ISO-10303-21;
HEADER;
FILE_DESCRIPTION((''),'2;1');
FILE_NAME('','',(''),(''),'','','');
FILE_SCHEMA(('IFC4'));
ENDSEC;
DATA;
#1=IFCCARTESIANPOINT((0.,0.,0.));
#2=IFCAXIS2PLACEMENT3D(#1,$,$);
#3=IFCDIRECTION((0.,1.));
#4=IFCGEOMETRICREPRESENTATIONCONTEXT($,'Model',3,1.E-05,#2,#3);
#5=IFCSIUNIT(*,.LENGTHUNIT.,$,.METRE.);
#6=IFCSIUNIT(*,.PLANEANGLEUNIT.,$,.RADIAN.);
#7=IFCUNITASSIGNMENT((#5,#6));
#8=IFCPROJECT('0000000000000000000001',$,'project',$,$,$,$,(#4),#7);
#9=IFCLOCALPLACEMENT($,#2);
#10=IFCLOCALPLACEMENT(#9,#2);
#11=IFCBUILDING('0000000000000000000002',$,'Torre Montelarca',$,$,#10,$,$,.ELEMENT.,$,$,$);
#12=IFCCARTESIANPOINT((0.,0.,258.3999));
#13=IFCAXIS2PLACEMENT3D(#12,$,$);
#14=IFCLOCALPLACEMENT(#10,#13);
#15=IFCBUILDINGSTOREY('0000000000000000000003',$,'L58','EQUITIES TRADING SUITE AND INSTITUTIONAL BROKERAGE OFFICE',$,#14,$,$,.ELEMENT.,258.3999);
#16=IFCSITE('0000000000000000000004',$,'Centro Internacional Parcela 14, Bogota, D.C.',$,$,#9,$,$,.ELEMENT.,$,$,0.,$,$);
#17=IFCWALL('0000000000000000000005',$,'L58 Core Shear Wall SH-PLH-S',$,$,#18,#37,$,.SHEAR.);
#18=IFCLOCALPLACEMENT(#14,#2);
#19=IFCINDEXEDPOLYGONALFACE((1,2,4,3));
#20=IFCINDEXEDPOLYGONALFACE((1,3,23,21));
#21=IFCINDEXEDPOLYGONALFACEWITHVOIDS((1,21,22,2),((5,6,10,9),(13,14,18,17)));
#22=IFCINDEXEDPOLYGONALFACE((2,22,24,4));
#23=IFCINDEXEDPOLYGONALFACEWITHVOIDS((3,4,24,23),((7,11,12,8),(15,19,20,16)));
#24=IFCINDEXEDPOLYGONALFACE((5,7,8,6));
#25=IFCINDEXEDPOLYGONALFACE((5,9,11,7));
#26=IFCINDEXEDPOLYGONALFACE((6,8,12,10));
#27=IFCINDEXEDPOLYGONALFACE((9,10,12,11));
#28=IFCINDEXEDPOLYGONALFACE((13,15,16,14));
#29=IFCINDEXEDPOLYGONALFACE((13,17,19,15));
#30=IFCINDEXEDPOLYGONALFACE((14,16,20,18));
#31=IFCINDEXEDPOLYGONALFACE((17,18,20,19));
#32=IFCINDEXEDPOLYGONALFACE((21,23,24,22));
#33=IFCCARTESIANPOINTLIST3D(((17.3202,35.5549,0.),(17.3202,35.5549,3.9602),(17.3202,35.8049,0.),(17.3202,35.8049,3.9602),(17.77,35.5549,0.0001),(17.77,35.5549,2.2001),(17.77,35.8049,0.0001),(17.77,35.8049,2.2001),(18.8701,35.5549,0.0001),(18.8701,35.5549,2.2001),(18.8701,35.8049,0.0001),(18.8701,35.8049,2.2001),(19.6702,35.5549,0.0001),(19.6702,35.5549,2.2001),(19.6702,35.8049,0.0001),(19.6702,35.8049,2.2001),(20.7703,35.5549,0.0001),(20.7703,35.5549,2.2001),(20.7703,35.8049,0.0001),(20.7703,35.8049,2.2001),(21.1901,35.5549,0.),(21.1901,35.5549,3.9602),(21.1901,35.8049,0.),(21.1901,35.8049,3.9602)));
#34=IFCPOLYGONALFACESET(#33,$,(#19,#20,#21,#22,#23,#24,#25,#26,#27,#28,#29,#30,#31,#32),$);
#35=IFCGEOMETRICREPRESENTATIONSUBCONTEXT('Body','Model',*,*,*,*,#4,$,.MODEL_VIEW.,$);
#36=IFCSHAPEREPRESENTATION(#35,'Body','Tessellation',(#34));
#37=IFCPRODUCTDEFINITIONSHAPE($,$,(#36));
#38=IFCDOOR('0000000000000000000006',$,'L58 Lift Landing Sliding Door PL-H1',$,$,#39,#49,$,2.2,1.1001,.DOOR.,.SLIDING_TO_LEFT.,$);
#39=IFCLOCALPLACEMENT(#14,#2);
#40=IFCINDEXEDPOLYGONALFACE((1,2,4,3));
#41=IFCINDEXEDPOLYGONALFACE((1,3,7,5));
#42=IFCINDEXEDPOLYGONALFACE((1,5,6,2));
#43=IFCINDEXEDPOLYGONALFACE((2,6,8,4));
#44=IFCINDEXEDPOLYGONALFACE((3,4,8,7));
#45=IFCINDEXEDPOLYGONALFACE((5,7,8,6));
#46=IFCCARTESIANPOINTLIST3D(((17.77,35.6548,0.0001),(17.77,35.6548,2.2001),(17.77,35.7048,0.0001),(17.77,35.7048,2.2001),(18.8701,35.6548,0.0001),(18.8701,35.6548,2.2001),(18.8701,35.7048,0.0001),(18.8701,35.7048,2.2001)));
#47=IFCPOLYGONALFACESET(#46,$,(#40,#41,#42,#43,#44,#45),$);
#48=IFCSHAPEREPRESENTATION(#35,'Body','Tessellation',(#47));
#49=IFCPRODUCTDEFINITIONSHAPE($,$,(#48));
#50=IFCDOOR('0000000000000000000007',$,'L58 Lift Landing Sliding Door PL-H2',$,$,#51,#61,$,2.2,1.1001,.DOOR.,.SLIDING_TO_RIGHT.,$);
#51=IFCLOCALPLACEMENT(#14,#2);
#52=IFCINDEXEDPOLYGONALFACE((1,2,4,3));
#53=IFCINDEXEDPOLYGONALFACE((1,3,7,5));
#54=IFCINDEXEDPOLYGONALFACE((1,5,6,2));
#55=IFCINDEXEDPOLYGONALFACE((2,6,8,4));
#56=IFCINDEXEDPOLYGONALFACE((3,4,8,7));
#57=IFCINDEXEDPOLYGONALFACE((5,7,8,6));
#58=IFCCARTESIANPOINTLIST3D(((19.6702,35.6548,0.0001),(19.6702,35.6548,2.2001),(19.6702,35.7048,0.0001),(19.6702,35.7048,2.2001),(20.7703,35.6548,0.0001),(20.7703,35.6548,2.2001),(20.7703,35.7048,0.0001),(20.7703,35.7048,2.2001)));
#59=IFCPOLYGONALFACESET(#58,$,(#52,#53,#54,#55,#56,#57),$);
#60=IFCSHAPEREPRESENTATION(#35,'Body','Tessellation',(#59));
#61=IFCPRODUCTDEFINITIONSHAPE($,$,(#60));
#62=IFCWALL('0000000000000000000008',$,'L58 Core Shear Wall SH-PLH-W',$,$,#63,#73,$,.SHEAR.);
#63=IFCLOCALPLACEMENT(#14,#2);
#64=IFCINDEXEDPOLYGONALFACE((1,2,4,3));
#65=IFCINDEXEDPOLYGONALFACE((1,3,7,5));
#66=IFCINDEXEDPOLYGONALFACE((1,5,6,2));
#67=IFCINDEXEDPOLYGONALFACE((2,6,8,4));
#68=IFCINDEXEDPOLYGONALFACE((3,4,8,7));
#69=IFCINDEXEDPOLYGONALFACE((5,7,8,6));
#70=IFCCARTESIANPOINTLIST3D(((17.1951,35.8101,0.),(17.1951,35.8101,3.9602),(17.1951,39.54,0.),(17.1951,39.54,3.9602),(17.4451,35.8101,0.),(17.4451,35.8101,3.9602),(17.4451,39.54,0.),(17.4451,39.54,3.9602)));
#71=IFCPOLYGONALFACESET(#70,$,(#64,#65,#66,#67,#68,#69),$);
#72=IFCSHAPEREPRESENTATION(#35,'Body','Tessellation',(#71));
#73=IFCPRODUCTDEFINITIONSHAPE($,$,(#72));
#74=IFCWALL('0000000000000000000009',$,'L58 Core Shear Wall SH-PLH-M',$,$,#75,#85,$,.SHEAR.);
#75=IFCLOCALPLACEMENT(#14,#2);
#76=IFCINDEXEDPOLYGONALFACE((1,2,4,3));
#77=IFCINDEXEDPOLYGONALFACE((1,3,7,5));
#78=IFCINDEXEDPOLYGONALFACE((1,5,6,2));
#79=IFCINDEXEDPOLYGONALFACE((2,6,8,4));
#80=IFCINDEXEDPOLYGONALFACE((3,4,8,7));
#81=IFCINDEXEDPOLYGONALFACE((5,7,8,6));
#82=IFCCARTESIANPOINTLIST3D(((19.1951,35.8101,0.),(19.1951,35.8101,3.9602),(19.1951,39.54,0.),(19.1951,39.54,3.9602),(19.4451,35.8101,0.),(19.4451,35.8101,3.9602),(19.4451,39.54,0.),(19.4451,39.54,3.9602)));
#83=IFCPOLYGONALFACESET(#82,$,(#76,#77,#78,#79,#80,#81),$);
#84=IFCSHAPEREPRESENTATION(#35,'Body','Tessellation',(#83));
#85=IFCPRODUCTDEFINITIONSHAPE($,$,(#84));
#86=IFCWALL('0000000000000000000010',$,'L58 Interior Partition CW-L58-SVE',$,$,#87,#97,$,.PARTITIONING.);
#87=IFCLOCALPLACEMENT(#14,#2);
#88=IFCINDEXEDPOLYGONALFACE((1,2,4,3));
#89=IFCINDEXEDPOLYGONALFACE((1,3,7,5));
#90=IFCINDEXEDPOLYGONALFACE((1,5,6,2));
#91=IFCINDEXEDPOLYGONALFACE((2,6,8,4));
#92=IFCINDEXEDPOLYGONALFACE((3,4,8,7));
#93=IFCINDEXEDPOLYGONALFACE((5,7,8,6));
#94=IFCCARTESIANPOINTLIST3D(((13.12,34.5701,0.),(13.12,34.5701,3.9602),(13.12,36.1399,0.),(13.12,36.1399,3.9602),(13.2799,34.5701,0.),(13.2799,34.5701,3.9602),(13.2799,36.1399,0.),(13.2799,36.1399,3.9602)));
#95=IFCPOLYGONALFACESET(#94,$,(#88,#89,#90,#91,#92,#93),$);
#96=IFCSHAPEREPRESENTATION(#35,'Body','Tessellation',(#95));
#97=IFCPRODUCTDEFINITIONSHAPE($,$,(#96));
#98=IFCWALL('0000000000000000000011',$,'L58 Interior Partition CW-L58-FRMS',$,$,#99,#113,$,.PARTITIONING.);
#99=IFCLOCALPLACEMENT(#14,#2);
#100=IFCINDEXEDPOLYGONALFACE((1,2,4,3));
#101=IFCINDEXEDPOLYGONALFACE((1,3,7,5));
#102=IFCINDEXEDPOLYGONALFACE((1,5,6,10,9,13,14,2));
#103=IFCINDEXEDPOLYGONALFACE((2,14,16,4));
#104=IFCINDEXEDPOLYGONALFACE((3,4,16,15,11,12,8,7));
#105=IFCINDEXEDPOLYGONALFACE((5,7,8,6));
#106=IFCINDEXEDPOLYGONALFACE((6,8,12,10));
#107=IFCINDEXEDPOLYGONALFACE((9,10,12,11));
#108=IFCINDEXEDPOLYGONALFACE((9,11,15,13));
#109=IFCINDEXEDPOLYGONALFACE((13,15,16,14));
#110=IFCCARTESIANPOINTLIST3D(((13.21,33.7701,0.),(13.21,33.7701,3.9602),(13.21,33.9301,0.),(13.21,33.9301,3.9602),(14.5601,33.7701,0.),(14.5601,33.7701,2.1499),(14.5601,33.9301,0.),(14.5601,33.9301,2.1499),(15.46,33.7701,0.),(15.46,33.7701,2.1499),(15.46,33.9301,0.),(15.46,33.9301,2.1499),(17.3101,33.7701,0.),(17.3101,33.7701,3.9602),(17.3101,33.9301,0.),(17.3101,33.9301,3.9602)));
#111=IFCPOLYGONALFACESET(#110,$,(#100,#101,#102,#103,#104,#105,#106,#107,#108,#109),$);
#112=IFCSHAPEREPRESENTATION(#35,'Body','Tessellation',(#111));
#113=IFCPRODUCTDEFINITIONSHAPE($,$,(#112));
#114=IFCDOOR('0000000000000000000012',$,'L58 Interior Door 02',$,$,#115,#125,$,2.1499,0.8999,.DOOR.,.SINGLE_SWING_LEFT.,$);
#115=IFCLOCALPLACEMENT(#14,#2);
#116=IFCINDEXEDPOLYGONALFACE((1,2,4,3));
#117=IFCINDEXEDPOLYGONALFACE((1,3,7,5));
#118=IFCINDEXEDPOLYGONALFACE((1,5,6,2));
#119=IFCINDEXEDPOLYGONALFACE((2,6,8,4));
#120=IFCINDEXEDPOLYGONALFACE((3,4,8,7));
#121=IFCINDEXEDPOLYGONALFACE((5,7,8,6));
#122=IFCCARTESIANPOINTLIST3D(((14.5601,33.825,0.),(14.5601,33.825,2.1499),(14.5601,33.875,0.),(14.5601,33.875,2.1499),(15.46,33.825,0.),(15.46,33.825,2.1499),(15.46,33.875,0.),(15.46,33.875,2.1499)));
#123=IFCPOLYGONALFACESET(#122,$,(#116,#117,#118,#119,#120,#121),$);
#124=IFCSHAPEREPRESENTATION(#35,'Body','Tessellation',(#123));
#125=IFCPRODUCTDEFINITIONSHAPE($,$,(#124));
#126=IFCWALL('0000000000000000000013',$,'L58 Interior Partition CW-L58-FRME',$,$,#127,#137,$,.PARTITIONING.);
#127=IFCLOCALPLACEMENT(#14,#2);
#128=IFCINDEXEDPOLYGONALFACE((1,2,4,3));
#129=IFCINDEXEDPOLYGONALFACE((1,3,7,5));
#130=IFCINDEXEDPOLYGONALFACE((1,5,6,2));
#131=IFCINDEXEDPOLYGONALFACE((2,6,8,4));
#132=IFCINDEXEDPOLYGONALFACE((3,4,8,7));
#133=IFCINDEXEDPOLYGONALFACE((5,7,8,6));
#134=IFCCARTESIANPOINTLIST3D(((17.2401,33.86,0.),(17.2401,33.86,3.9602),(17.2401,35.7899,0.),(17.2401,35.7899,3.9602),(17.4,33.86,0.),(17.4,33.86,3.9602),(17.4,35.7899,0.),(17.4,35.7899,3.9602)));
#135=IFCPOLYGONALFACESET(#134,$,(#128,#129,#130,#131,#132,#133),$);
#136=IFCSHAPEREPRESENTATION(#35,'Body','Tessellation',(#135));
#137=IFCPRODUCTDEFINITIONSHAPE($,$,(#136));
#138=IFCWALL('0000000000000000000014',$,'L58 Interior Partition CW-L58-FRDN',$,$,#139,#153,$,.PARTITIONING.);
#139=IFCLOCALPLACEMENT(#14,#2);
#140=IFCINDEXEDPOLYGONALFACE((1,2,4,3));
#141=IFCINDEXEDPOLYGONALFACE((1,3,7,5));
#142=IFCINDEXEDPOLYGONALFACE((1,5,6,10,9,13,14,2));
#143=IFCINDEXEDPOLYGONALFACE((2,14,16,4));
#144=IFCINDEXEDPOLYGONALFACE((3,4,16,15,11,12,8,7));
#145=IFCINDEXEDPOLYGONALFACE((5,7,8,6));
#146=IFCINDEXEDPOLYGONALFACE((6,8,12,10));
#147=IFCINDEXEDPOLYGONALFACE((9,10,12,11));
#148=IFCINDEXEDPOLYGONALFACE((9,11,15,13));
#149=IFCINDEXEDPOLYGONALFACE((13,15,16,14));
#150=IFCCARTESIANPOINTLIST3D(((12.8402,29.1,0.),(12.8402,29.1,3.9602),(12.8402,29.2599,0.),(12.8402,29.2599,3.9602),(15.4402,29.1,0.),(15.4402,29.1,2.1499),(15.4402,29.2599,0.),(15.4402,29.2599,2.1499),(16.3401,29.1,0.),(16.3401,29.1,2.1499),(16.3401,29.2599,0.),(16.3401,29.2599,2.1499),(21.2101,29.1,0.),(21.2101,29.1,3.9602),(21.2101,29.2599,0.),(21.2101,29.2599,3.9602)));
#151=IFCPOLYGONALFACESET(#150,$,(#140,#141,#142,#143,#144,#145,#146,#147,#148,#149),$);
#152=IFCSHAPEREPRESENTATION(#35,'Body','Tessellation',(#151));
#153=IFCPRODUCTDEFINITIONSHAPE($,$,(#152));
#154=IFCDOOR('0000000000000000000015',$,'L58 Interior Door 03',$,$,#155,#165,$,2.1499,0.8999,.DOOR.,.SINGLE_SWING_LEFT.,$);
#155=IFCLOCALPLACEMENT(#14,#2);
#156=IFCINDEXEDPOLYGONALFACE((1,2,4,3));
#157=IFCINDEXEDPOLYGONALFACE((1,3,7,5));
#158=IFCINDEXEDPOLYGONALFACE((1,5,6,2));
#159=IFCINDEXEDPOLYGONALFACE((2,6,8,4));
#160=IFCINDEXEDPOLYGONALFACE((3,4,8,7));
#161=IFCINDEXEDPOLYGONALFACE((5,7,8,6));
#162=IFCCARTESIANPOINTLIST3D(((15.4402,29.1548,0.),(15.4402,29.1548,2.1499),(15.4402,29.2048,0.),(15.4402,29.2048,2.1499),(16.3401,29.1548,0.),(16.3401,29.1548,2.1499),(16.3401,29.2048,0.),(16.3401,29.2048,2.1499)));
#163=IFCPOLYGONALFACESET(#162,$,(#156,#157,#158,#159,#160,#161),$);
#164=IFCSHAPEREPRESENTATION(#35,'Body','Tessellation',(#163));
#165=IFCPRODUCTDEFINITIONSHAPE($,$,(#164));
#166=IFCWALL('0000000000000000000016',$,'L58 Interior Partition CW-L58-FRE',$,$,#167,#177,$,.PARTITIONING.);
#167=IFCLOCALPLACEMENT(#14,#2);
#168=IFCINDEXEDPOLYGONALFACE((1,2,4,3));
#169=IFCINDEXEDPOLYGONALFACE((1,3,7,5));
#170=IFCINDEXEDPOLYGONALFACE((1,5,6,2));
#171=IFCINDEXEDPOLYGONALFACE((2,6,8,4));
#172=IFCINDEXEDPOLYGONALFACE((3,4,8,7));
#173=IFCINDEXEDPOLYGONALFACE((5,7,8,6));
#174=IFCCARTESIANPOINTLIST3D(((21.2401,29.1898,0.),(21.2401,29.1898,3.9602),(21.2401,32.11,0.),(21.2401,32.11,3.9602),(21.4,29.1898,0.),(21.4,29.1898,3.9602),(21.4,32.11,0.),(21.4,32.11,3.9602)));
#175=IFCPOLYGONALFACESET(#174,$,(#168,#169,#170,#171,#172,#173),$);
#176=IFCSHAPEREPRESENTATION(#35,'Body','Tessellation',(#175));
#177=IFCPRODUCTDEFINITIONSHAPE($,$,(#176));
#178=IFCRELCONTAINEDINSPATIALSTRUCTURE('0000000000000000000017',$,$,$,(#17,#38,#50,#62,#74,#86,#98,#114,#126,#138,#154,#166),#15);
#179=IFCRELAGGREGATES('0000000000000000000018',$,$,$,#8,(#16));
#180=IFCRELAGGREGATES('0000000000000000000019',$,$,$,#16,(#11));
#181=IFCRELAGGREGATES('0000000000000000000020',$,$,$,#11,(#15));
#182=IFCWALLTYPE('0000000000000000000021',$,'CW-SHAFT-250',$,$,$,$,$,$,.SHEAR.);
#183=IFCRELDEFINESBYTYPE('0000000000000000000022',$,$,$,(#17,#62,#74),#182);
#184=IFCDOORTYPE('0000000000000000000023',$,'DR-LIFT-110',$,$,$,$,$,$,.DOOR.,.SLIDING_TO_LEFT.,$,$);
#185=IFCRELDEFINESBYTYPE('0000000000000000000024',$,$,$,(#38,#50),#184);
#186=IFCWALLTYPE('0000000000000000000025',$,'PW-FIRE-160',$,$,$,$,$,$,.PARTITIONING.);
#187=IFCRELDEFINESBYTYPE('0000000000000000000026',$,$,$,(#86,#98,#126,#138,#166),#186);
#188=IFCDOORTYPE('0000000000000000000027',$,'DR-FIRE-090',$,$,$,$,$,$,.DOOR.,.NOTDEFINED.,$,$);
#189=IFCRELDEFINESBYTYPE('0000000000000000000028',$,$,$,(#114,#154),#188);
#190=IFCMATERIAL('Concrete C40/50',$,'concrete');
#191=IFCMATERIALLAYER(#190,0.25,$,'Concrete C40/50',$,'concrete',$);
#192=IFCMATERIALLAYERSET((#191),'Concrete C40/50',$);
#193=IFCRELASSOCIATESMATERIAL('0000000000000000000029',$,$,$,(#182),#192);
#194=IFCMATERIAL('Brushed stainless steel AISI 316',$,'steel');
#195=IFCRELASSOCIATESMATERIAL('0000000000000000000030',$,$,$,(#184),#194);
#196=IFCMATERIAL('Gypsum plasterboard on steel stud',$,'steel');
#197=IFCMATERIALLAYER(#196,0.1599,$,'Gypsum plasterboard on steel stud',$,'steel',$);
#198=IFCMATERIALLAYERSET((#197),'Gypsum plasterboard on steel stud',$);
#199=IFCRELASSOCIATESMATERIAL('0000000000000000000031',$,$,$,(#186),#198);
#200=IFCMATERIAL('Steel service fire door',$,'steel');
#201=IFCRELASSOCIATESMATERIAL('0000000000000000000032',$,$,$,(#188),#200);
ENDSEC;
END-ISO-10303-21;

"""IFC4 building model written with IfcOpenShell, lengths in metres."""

from ifc_helpers import new_model, si_unit, direction, frame, frame_2d, origin, place, context, subcontext, project, spatial, rectangle, extrude, source, transform, mapped, material, layer, layer_set, type_object, element, fill, save


model = new_model("IFC4")

# Units and contexts
model_context = context("Model", 3, precision=1e-05, world=origin(), true_north=direction((0.0, 1.0)))
body_context = subcontext(model_context, "Body", "Model", "MODEL_VIEW")
ifc_project = project(units=[si_unit("LENGTHUNIT", "METRE"), si_unit("PLANEANGLEUNIT", "RADIAN")], contexts=[model_context])

# Site, building, storey
site_placement = place(None, origin())
site = spatial("IfcSite", under=ifc_project, at=site_placement, Name="Centro Internacional Parcela 14, Bogota, D.C.", CompositionType="ELEMENT", RefElevation=0.0)
building_placement = place(site_placement, origin())
building = spatial("IfcBuilding", under=site, at=building_placement, Name="Torre Montelarca", CompositionType="ELEMENT")
storey_placement = place(building_placement, frame((0.0, 0.0, 258.3999)))
storey = spatial("IfcBuildingStorey", under=building, at=storey_placement, Name="L58", Description="EQUITIES TRADING SUITE AND INSTITUTIONAL BROKERAGE OFFICE", CompositionType="ELEMENT", Elevation=258.3999)

# Shared definitions
ifc_material_1 = material(Name="Concrete C40/50", Category="concrete")
ifc_layer_1 = layer(ifc_material_1, 0.25, Name="Concrete C40/50", Category="concrete")
ifc_layer_set_1 = layer_set([ifc_layer_1], Name="Concrete C40/50")
wall_type_1 = type_object("IfcWallType", Name="CW-SHAFT-250", PredefinedType="SHEAR", material=ifc_layer_set_1)

# Shared definitions
ifc_material_2 = material(Name="Brushed stainless steel AISI 316", Category="steel")

# Wall, openings, doors
wall_1_placement = place(storey_placement, frame((17.3201, 35.6799, 0.0), z_axis=(0.0, 0.0, 1.0), x_axis=(1.0, 0.0, 0.0)))
wall_1 = element("IfcWall", 1, at=wall_1_placement, inside=storey, type_object=wall_type_1, Name="L58 Core Shear Wall SH-PLH-S", PredefinedType="SHEAR", context=body_context, shape_type="SweptSolid", body=[
    extrude(rectangle(XDim=3.8699, YDim=0.25, at=frame_2d((1.9351, 0.0))), origin(), (0.0, 0.0, 1.0), 3.9602),
])
opening_1_placement = place(wall_1_placement, frame((0.45, 0.0, 0.0)))
opening_1 = element("IfcOpeningElement", 2, at=opening_1_placement, cuts=wall_1, PredefinedType="OPENING", context=body_context, shape_type="SweptSolid", body=[
    extrude(rectangle(XDim=1.1001, YDim=2.2, at=frame_2d((0.55, 1.1001))), frame((0.0, 0.135, 0.0), z_axis=(0.0, -1.0, 0.0), x_axis=(1.0, 0.0, 0.0)), (0.0, 0.0, 1.0), 0.27),
])
opening_2_placement = place(wall_1_placement, frame((2.3501, 0.0, 0.0)))
opening_2 = element("IfcOpeningElement", 3, at=opening_2_placement, cuts=wall_1, PredefinedType="OPENING", context=body_context, shape_type="SweptSolid", body=[
    extrude(rectangle(XDim=1.1001, YDim=2.2, at=frame_2d((0.55, 1.1001))), frame((0.0, 0.135, 0.0), z_axis=(0.0, -1.0, 0.0), x_axis=(1.0, 0.0, 0.0)), (0.0, 0.0, 1.0), 0.27),
])
door_type_1 = type_object("IfcDoorType", Name="DR-LIFT-110", OperationType="SLIDING_TO_LEFT", PredefinedType="DOOR", material=ifc_material_2)
shared_shape_1 = source(origin(), body_context, "Body", "SweptSolid", [
    extrude(rectangle(XDim=1.1001, YDim=2.2, at=frame_2d((0.55, 1.1001))), frame((0.0, 0.0249, 0.0), z_axis=(0.0, -1.0, 0.0), x_axis=(1.0, 0.0, 0.0)), (0.0, 0.0, 1.0), 0.05),
])
door_1_placement = place(opening_1_placement, origin())
door_1 = element("IfcDoor", 4, at=door_1_placement, inside=storey, type_object=door_type_1, Name="L58 Lift Landing Sliding Door PL-H1", OperationType="SLIDING_TO_LEFT", OverallHeight=2.2, OverallWidth=1.1001, PredefinedType="DOOR", context=body_context, shape_type="MappedRepresentation", body=[
    mapped(shared_shape_1, transform((0.0, 0.0, 0.0), scale=1.0)),
])
fill(opening_1, door_1)
door_2_placement = place(opening_2_placement, origin())
door_2 = element("IfcDoor", 5, at=door_2_placement, inside=storey, type_object=door_type_1, Name="L58 Lift Landing Sliding Door PL-H2", OperationType="SLIDING_TO_RIGHT", OverallHeight=2.2, OverallWidth=1.1001, PredefinedType="DOOR", context=body_context, shape_type="MappedRepresentation", body=[
    mapped(shared_shape_1, transform((0.0, 0.0, 0.0), scale=1.0)),
])
fill(opening_2, door_2)

# Walls
for number, where, z_axis, x_axis, name in (
    (6, (17.3201, 35.8101, 0.0), (0.0, 0.0, 1.0), (0.0, 1.0, 0.0), "L58 Core Shear Wall SH-PLH-W"),
    (7, (19.3201, 35.8101, 0.0), (0.0, 0.0, 1.0), (0.0, 1.0, 0.0), "L58 Core Shear Wall SH-PLH-M"),
):
    element("IfcWall", number, at=place(storey_placement, frame(where, z_axis=z_axis, x_axis=x_axis)), inside=storey, type_object=wall_type_1, Name=name, PredefinedType="SHEAR", context=body_context, shape_type="SweptSolid", body=[
        extrude(rectangle(XDim=3.73, YDim=0.25, at=frame_2d((1.865, 0.0))), origin(), (0.0, 0.0, 1.0), 3.9602),
    ])
ifc_material_3 = material(Name="Gypsum plasterboard on steel stud", Category="steel")
ifc_layer_2 = layer(ifc_material_3, 0.1599, Name="Gypsum plasterboard on steel stud", Category="steel")
ifc_layer_set_2 = layer_set([ifc_layer_2], Name="Gypsum plasterboard on steel stud")
wall_type_2 = type_object("IfcWallType", Name="PW-FIRE-160", PredefinedType="PARTITIONING", material=ifc_layer_set_2)
wall_2_placement = place(storey_placement, frame((13.2, 34.5701, 0.0), z_axis=(0.0, 0.0, 1.0), x_axis=(0.0, 1.0, 0.0)))
element("IfcWall", 8, at=wall_2_placement, inside=storey, type_object=wall_type_2, Name="L58 Interior Partition CW-L58-SVE", PredefinedType="PARTITIONING", context=body_context, shape_type="SweptSolid", body=[
    extrude(rectangle(XDim=1.5698, YDim=0.1599, at=frame_2d((0.7849, 0.0))), origin(), (0.0, 0.0, 1.0), 3.9602),
])

# Wall, opening, door
wall_3_placement = place(storey_placement, frame((13.21, 33.8501, 0.0), z_axis=(0.0, 0.0, 1.0), x_axis=(1.0, 0.0, 0.0)))
wall_3 = element("IfcWall", 9, at=wall_3_placement, inside=storey, type_object=wall_type_2, Name="L58 Interior Partition CW-L58-FRMS", PredefinedType="PARTITIONING", context=body_context, shape_type="SweptSolid", body=[
    extrude(rectangle(XDim=4.1001, YDim=0.1599, at=frame_2d((2.05, 0.0))), origin(), (0.0, 0.0, 1.0), 3.9602),
])
opening_3_placement = place(wall_3_placement, frame((1.3501, 0.0, 0.0)))
opening_3 = element("IfcOpeningElement", 10, at=opening_3_placement, cuts=wall_3, PredefinedType="OPENING", context=body_context, shape_type="SweptSolid", body=[
    extrude(rectangle(XDim=0.8999, YDim=2.1499, at=frame_2d((0.45, 1.075))), frame((0.0, 0.0898, 0.0), z_axis=(0.0, -1.0, 0.0), x_axis=(1.0, 0.0, 0.0)), (0.0, 0.0, 1.0), 0.1799),
])
ifc_material_4 = material(Name="Steel service fire door", Category="steel")
door_type_2 = type_object("IfcDoorType", Name="DR-FIRE-090", OperationType="NOTDEFINED", PredefinedType="DOOR", material=ifc_material_4)
shared_shape_2 = source(origin(), body_context, "Body", "SweptSolid", [
    extrude(rectangle(XDim=0.8999, YDim=2.1499, at=frame_2d((0.45, 1.075))), frame((0.0, 0.0249, 0.0), z_axis=(0.0, -1.0, 0.0), x_axis=(1.0, 0.0, 0.0)), (0.0, 0.0, 1.0), 0.05),
])
door_3_placement = place(opening_3_placement, origin())
door_3 = element("IfcDoor", 11, at=door_3_placement, inside=storey, type_object=door_type_2, Name="L58 Interior Door 02", OperationType="SINGLE_SWING_LEFT", OverallHeight=2.1499, OverallWidth=0.8999, PredefinedType="DOOR", context=body_context, shape_type="MappedRepresentation", body=[
    mapped(shared_shape_2, transform((0.0, 0.0, 0.0), scale=1.0)),
])
fill(opening_3, door_3)

# Wall
wall_4_placement = place(storey_placement, frame((17.3201, 33.8601, 0.0), z_axis=(0.0, 0.0, 1.0), x_axis=(0.0, 1.0, 0.0)))
element("IfcWall", 12, at=wall_4_placement, inside=storey, type_object=wall_type_2, Name="L58 Interior Partition CW-L58-FRME", PredefinedType="PARTITIONING", context=body_context, shape_type="SweptSolid", body=[
    extrude(rectangle(XDim=1.9299, YDim=0.1599, at=frame_2d((0.9648, 0.0))), origin(), (0.0, 0.0, 1.0), 3.9602),
])

# Wall, opening, door
wall_5_placement = place(storey_placement, frame((12.8401, 29.1799, 0.0), z_axis=(0.0, 0.0, 1.0), x_axis=(1.0, 0.0, 0.0)))
wall_5 = element("IfcWall", 13, at=wall_5_placement, inside=storey, type_object=wall_type_2, Name="L58 Interior Partition CW-L58-FRDN", PredefinedType="PARTITIONING", context=body_context, shape_type="SweptSolid", body=[
    extrude(rectangle(XDim=8.3699, YDim=0.1599, at=frame_2d((4.1851, 0.0))), origin(), (0.0, 0.0, 1.0), 3.9602),
])
opening_4_placement = place(wall_5_placement, frame((2.6001, 0.0, 0.0)))
opening_4 = element("IfcOpeningElement", 14, at=opening_4_placement, cuts=wall_5, PredefinedType="OPENING", context=body_context, shape_type="SweptSolid", body=[
    extrude(rectangle(XDim=0.8999, YDim=2.1499, at=frame_2d((0.45, 1.075))), frame((0.0, 0.0898, 0.0), z_axis=(0.0, -1.0, 0.0), x_axis=(1.0, 0.0, 0.0)), (0.0, 0.0, 1.0), 0.1799),
])
door_4_placement = place(opening_4_placement, origin())
door_4 = element("IfcDoor", 15, at=door_4_placement, inside=storey, type_object=door_type_2, Name="L58 Interior Door 03", OperationType="SINGLE_SWING_LEFT", OverallHeight=2.1499, OverallWidth=0.8999, PredefinedType="DOOR", context=body_context, shape_type="MappedRepresentation", body=[
    mapped(shared_shape_2, transform((0.0, 0.0, 0.0), scale=1.0)),
])
fill(opening_4, door_4)

# Wall
wall_6_placement = place(storey_placement, frame((21.3201, 29.1899, 0.0), z_axis=(0.0, 0.0, 1.0), x_axis=(0.0, 1.0, 0.0)))
element("IfcWall", 16, at=wall_6_placement, inside=storey, type_object=wall_type_2, Name="L58 Interior Partition CW-L58-FRE", PredefinedType="PARTITIONING", context=body_context, shape_type="SweptSolid", body=[
    extrude(rectangle(XDim=2.9202, YDim=0.1599, at=frame_2d((1.46, 0.0))), origin(), (0.0, 0.0, 1.0), 3.9602),
])

save(model, "model.ifc")
